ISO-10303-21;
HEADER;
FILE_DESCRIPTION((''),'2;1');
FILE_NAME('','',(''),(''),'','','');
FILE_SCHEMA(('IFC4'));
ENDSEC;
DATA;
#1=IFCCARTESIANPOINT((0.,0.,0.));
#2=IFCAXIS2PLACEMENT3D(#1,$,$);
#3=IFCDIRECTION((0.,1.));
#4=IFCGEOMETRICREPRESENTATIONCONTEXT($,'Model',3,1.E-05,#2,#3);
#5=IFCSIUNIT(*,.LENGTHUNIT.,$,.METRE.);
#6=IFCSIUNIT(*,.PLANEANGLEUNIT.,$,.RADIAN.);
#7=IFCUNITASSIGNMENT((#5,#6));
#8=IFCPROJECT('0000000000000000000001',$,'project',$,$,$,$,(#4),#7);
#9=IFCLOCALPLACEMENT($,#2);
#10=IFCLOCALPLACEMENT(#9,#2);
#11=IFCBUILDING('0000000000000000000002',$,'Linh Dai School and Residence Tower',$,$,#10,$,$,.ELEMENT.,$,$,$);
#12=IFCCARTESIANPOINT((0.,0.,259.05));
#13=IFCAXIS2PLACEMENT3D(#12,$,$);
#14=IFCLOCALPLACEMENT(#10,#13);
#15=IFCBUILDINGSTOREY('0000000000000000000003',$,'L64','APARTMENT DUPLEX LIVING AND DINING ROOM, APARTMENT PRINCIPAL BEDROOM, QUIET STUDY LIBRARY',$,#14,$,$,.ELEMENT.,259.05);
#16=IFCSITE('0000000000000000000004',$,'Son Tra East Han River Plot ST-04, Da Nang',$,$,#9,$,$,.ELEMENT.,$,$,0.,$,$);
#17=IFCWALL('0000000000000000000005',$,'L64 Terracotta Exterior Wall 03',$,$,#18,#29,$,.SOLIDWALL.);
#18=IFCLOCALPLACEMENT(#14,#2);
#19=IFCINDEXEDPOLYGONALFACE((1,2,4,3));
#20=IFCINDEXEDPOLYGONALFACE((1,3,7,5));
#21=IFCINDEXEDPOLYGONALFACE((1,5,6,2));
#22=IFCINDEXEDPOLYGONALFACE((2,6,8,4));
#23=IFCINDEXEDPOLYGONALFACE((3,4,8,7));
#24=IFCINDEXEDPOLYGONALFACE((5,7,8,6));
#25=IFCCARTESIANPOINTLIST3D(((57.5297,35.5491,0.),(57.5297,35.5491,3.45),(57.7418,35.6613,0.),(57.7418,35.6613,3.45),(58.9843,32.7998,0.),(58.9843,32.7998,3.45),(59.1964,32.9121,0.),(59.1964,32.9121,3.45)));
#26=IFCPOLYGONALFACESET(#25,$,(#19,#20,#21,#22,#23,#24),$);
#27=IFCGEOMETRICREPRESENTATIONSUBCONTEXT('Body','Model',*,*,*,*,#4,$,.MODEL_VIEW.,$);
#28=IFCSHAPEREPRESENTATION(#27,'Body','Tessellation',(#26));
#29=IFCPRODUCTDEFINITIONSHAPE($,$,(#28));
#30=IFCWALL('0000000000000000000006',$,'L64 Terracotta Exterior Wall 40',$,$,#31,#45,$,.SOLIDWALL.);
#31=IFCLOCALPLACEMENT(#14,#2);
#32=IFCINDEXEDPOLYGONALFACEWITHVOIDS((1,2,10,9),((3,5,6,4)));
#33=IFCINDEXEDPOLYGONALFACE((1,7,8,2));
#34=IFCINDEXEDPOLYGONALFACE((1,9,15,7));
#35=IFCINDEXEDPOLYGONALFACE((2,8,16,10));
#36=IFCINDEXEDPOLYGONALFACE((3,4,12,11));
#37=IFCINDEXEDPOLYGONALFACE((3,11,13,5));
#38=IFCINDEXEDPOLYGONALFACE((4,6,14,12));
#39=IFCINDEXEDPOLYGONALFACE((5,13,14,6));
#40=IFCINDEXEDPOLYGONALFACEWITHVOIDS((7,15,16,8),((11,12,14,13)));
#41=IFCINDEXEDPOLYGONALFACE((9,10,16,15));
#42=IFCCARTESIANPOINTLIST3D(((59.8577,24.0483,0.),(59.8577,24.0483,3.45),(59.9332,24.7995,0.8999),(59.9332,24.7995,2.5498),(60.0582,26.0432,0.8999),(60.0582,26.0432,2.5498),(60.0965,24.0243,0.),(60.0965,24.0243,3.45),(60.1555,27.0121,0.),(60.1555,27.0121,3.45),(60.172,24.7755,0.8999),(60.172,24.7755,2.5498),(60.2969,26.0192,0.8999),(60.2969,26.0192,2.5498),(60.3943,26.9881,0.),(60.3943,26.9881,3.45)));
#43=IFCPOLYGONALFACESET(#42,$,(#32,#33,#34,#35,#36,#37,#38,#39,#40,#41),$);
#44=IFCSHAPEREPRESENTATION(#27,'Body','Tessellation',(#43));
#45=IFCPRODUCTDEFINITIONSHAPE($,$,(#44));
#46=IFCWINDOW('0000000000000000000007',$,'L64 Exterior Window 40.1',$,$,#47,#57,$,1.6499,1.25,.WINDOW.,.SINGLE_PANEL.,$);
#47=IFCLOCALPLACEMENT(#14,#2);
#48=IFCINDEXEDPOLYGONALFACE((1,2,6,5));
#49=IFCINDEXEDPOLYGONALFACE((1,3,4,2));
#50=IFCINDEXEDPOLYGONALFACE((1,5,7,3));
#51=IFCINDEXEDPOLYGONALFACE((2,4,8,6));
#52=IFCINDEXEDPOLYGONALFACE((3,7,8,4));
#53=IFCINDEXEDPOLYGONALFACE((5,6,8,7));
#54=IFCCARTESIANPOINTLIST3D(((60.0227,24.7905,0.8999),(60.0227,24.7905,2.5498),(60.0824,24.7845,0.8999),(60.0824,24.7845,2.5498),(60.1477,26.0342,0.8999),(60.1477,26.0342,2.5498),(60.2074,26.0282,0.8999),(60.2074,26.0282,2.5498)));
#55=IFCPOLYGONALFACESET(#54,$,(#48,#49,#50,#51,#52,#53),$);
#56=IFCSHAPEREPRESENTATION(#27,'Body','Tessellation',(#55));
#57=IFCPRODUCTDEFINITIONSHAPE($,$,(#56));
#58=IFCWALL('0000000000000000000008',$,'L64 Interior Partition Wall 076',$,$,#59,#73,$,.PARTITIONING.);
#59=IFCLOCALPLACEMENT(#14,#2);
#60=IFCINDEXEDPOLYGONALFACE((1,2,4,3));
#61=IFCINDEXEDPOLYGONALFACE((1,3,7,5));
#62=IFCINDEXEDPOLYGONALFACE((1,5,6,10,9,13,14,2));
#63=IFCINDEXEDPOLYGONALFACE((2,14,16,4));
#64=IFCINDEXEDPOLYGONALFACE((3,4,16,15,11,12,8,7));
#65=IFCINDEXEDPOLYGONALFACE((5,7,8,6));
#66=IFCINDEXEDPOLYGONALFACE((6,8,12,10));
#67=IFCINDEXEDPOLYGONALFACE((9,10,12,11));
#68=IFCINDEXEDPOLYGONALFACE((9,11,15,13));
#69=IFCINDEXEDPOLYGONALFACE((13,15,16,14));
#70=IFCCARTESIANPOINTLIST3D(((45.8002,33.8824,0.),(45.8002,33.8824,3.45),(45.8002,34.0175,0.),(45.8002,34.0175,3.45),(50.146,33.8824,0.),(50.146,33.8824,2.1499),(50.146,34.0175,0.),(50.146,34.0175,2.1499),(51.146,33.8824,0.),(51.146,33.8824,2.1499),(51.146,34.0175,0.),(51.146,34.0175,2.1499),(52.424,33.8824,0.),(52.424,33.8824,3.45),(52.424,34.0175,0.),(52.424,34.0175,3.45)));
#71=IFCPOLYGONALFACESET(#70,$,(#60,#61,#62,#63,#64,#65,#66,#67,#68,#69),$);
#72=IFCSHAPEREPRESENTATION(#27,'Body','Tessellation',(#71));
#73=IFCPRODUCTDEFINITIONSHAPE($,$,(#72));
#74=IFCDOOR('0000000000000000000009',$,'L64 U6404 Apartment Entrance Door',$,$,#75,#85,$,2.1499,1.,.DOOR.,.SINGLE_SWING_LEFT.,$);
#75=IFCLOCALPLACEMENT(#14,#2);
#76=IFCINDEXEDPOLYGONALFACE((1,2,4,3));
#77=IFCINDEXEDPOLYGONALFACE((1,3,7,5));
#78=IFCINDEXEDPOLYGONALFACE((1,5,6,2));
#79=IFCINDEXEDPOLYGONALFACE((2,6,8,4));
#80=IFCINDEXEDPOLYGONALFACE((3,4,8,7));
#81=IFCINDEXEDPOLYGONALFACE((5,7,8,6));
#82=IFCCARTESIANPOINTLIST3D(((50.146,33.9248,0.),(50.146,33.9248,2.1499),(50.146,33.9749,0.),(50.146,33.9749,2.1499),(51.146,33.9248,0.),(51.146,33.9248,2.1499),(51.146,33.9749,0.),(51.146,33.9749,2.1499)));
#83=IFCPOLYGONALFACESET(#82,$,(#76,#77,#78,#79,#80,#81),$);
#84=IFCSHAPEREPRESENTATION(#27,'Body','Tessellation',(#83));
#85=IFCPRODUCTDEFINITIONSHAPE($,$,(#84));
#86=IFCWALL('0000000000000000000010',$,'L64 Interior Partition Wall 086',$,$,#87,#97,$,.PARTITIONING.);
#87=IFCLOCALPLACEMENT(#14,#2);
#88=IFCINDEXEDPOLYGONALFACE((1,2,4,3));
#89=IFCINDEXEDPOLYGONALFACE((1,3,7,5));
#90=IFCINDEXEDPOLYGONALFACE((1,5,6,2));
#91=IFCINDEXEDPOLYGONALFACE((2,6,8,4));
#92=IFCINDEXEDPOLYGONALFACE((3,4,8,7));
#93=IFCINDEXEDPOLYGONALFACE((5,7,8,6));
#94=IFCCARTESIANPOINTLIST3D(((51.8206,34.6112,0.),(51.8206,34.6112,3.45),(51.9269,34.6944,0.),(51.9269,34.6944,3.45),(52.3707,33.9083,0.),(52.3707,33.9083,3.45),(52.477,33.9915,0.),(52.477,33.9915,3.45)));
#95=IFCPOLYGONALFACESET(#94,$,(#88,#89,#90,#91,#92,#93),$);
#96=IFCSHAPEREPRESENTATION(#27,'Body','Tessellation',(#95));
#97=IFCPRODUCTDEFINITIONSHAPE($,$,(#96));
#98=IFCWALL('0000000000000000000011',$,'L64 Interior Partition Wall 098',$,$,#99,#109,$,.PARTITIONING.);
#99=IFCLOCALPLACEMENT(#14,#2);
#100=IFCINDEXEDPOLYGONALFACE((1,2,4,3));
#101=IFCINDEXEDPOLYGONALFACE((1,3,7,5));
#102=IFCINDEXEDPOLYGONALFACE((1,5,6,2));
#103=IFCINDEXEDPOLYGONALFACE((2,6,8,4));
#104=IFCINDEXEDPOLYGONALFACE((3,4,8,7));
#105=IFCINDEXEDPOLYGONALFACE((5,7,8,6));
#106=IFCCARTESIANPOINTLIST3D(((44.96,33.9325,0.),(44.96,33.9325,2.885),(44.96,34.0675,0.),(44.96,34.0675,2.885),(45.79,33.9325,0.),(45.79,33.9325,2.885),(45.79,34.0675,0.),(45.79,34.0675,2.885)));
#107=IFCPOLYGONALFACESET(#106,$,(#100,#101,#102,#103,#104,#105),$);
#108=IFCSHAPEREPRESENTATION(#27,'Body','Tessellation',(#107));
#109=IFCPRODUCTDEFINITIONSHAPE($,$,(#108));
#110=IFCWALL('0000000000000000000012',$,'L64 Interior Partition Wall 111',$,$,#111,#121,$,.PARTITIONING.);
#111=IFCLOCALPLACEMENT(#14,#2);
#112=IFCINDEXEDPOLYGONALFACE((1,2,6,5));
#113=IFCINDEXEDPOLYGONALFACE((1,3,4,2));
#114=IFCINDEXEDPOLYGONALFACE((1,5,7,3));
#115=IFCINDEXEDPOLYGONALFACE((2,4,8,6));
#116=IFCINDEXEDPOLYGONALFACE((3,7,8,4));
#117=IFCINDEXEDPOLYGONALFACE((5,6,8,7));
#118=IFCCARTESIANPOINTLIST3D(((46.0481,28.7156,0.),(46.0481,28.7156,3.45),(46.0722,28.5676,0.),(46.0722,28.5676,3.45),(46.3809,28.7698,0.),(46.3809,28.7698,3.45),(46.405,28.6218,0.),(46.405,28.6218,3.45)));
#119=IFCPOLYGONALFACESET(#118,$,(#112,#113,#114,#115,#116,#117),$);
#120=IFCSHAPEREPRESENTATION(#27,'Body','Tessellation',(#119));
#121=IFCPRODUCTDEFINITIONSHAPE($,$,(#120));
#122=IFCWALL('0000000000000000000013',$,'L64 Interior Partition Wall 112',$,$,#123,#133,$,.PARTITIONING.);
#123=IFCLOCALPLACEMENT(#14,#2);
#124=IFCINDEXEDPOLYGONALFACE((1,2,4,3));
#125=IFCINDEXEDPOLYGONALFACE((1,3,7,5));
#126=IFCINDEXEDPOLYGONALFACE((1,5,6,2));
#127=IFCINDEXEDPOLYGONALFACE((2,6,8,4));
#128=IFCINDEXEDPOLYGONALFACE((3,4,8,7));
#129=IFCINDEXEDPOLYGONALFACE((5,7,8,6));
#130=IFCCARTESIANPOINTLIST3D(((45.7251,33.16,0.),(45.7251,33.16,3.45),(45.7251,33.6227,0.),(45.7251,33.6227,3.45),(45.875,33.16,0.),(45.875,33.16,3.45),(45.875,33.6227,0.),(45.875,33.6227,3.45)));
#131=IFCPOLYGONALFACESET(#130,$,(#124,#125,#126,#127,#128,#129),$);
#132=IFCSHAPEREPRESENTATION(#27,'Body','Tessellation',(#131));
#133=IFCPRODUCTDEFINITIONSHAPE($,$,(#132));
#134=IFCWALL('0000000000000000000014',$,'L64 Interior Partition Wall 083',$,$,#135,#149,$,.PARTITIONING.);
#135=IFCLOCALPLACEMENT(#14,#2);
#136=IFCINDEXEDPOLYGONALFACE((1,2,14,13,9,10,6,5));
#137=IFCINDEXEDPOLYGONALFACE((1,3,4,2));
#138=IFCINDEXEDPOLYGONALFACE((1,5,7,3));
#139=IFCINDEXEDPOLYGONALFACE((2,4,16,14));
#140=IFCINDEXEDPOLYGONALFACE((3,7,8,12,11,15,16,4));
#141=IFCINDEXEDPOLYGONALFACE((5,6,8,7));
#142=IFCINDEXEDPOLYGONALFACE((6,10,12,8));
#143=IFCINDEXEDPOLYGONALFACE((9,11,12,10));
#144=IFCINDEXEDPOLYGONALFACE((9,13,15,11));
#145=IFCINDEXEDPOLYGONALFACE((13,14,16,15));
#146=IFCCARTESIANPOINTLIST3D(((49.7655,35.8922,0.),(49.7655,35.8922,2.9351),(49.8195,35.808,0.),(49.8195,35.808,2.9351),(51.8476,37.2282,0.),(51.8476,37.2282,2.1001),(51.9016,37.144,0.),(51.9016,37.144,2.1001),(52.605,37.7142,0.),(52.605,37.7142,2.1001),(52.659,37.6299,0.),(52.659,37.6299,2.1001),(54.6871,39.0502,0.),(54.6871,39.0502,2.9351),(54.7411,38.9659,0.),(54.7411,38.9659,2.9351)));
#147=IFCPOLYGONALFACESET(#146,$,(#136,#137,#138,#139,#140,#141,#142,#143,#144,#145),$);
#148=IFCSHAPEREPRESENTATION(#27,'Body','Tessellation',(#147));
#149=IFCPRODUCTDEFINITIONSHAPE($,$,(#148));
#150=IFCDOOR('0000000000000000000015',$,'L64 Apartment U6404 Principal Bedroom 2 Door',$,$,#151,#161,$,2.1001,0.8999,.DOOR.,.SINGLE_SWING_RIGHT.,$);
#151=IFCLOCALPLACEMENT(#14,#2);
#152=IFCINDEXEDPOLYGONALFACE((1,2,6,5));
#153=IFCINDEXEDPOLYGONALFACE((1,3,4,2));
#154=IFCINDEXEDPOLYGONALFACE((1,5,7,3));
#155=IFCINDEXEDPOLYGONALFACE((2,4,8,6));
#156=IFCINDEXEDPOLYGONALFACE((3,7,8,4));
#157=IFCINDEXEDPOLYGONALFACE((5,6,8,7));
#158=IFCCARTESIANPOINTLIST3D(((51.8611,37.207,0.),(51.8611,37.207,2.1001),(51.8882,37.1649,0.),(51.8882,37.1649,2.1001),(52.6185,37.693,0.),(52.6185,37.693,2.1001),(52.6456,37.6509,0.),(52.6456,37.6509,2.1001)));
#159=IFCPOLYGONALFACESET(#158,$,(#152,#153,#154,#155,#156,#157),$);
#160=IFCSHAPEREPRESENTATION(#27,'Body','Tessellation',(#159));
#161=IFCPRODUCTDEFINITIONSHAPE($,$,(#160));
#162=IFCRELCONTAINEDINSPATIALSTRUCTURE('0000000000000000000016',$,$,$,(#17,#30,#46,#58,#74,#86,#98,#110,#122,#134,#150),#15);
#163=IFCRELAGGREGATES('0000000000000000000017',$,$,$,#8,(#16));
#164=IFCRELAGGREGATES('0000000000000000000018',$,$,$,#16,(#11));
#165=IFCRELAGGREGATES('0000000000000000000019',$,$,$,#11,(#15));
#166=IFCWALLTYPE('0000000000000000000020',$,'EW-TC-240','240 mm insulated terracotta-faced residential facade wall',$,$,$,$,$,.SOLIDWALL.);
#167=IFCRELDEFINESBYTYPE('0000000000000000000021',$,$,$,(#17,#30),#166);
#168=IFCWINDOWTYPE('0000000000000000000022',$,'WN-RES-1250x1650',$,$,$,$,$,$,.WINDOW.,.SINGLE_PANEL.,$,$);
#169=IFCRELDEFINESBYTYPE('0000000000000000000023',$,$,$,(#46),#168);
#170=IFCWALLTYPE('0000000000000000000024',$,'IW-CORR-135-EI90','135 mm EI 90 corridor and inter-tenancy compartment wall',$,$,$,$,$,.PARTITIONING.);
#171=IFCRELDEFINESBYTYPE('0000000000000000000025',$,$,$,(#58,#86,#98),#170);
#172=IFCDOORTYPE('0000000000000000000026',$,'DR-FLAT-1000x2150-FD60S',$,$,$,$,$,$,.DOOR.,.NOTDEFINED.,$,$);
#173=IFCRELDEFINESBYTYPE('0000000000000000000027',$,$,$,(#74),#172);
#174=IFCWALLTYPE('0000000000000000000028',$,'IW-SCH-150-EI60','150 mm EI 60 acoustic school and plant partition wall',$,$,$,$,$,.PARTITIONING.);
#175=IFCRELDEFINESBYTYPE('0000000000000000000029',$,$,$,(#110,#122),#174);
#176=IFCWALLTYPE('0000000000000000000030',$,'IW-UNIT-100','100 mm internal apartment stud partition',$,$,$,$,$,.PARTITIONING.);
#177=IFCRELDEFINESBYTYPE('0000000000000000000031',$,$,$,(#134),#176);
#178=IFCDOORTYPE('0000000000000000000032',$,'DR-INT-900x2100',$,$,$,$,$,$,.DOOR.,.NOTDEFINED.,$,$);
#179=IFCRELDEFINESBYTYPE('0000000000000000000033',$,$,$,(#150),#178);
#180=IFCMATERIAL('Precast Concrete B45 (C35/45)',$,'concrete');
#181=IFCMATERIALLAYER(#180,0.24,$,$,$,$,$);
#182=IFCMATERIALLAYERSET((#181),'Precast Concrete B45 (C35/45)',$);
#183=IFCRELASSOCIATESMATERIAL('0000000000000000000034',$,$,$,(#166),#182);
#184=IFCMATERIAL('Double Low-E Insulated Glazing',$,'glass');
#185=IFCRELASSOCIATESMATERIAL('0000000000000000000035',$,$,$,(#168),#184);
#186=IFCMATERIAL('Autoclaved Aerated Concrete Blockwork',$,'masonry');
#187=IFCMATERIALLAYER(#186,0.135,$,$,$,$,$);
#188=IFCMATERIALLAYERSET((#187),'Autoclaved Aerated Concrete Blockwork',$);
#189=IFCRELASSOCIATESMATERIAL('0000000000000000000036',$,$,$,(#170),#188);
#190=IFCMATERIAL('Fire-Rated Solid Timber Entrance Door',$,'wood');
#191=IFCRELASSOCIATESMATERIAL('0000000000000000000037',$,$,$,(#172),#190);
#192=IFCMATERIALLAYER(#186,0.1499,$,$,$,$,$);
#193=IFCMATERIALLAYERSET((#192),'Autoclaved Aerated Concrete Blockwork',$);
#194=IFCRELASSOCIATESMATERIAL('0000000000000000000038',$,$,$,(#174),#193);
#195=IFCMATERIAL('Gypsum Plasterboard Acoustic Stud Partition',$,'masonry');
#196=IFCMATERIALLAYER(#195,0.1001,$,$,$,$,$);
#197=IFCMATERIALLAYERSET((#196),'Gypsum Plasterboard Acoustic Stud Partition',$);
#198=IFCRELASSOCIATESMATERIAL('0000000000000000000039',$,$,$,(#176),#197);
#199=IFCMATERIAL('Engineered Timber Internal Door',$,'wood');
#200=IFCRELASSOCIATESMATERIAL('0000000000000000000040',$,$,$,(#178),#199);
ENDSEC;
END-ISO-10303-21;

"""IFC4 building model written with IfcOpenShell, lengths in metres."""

from ifc_helpers import new_model, si_unit, direction, frame, frame_2d, origin, origin_2d, place, context, subcontext, project, spatial, rectangle, extrude, source, transform, mapped, material, layer, layer_set, type_object, element, fill, save


model = new_model("IFC4")

# Units and contexts
model_context = context("Model", 3, precision=1e-05, world=origin(), true_north=direction((0.0, 1.0)))
body_context = subcontext(model_context, "Body", "Model", "MODEL_VIEW")
ifc_project = project(units=[si_unit("LENGTHUNIT", "METRE"), si_unit("PLANEANGLEUNIT", "RADIAN")], contexts=[model_context])

# Site, building, storey
site_placement = place(None, origin())
site = spatial("IfcSite", under=ifc_project, at=site_placement, Name="Son Tra East Han River Plot ST-04, Da Nang", CompositionType="ELEMENT", RefElevation=0.0)
building_placement = place(site_placement, origin())
building = spatial("IfcBuilding", under=site, at=building_placement, Name="Linh Dai School and Residence Tower", CompositionType="ELEMENT")
storey_placement = place(building_placement, frame((0.0, 0.0, 259.05)))
storey = spatial("IfcBuildingStorey", under=building, at=storey_placement, Name="L64", Description="APARTMENT DUPLEX LIVING AND DINING ROOM, APARTMENT PRINCIPAL BEDROOM, QUIET STUDY LIBRARY", CompositionType="ELEMENT", Elevation=259.05)

# Shared definitions
ifc_material_1 = material(Name="Precast Concrete B45 (C35/45)", Category="concrete")

# Wall
ifc_layer_1 = layer(ifc_material_1, 0.24)
ifc_layer_set_1 = layer_set([ifc_layer_1], Name="Precast Concrete B45 (C35/45)")
wall_type_1 = type_object("IfcWallType", Name="EW-TC-240", Description="240 mm insulated terracotta-faced residential facade wall", PredefinedType="SOLIDWALL", material=ifc_layer_set_1)
wall_1_placement = place(storey_placement, frame((57.6357, 35.6052, 0.0), z_axis=(0.0, 0.0, 1.0), x_axis=(0.46766, -0.883908, 0.0)))
element("IfcWall", 1, at=wall_1_placement, inside=storey, type_object=wall_type_1, Name="L64 Terracotta Exterior Wall 03", PredefinedType="SOLIDWALL", context=body_context, shape_type="SweptSolid", body=[
    extrude(rectangle(XDim=3.1104, YDim=0.24, at=frame_2d((1.5552, 0.0))), origin(), (0.0, 0.0, 1.0), 3.45),
])

# Wall, opening, window
wall_2_placement = place(storey_placement, frame((60.2749, 27.0, 0.0), z_axis=(0.0, 0.0, 1.0), x_axis=(-0.099991, -0.994988, 0.0)))
wall_2 = element("IfcWall", 2, at=wall_2_placement, inside=storey, type_object=wall_type_1, Name="L64 Terracotta Exterior Wall 40", PredefinedType="SOLIDWALL", context=body_context, shape_type="SweptSolid", body=[
    extrude(rectangle(XDim=2.9788, YDim=0.24, at=frame_2d((1.4893, 0.0))), origin(), (0.0, 0.0, 1.0), 3.45),
])
opening_1_placement = place(wall_2_placement, frame((0.9736, 0.0, 0.8999)))
opening_1 = element("IfcOpeningElement", 3, at=opening_1_placement, cuts=wall_2, PredefinedType="OPENING", context=body_context, shape_type="SweptSolid", body=[
    extrude(rectangle(XDim=1.25, YDim=1.6499, at=origin_2d()), frame((0.625, 0.1299, 0.825), z_axis=(0.0, -1.0, 0.0), x_axis=(1.0, 0.0, 0.0)), (0.0, 0.0, 1.0), 0.26),
])
ifc_material_2 = material(Name="Double Low-E Insulated Glazing", Category="glass")
window_type = type_object("IfcWindowType", Name="WN-RES-1250x1650", PartitioningType="SINGLE_PANEL", PredefinedType="WINDOW", material=ifc_material_2)
shared_shape_1 = source(origin(), body_context, "Body", "SweptSolid", [
    extrude(rectangle(XDim=1.25, YDim=1.6499, at=origin_2d()), frame((0.625, 0.03, 0.825), z_axis=(0.0, -1.0, 0.0), x_axis=(1.0, 0.0, 0.0)), (0.0, 0.0, 1.0), 0.0601),
])
window_placement = place(opening_1_placement, origin())
window = element("IfcWindow", 4, at=window_placement, inside=storey, type_object=window_type, Name="L64 Exterior Window 40.1", OverallHeight=1.6499, OverallWidth=1.25, PartitioningType="SINGLE_PANEL", PredefinedType="WINDOW", context=body_context, shape_type="MappedRepresentation", body=[
    mapped(shared_shape_1, transform((0.0, 0.0, 0.0), x_axis=(1.0, 0.0, 0.0), y_axis=(0.0, 1.0, 0.0), z_axis=(0.0, 0.0, 1.0), scale=1.0)),
])
fill(opening_1, window)

# Wall, opening, door
ifc_material_3 = material(Name="Autoclaved Aerated Concrete Blockwork", Category="masonry")
ifc_layer_2 = layer(ifc_material_3, 0.135)
ifc_layer_set_2 = layer_set([ifc_layer_2], Name="Autoclaved Aerated Concrete Blockwork")
wall_type_2 = type_object("IfcWallType", Name="IW-CORR-135-EI90", Description="135 mm EI 90 corridor and inter-tenancy compartment wall", PredefinedType="PARTITIONING", material=ifc_layer_set_2)
wall_3_placement = place(storey_placement, frame((45.8, 33.95, 0.0), z_axis=(0.0, 0.0, 1.0), x_axis=(1.0, 0.0, 0.0)))
wall_3 = element("IfcWall", 5, at=wall_3_placement, inside=storey, type_object=wall_type_2, Name="L64 Interior Partition Wall 076", PredefinedType="PARTITIONING", context=body_context, shape_type="SweptSolid", body=[
    extrude(rectangle(XDim=6.6238, YDim=0.135, at=frame_2d((3.312, 0.0))), origin(), (0.0, 0.0, 1.0), 3.45),
])
opening_2_placement = place(wall_3_placement, frame((4.3459, 0.0, 0.0)))
opening_2 = element("IfcOpeningElement", 6, at=opening_2_placement, cuts=wall_3, PredefinedType="OPENING", context=body_context, shape_type="SweptSolid", body=[
    extrude(rectangle(XDim=1.0, YDim=2.1499, at=origin_2d()), frame((0.5, 0.0776, 1.075), z_axis=(0.0, -1.0, 0.0), x_axis=(1.0, 0.0, 0.0)), (0.0, 0.0, 1.0), 0.155),
])
ifc_material_4 = material(Name="Fire-Rated Solid Timber Entrance Door", Category="wood")
door_type_1 = type_object("IfcDoorType", Name="DR-FLAT-1000x2150-FD60S", OperationType="NOTDEFINED", PredefinedType="DOOR", material=ifc_material_4)
shared_shape_2 = source(origin(), body_context, "Body", "SweptSolid", [
    extrude(rectangle(XDim=1.0, YDim=2.1499, at=origin_2d()), frame((0.5, 0.0249, 1.075), z_axis=(0.0, -1.0, 0.0), x_axis=(1.0, 0.0, 0.0)), (0.0, 0.0, 1.0), 0.05),
])
door_1_placement = place(opening_2_placement, origin())
door_1 = element("IfcDoor", 7, at=door_1_placement, inside=storey, type_object=door_type_1, Name="L64 U6404 Apartment Entrance Door", OperationType="SINGLE_SWING_LEFT", OverallHeight=2.1499, OverallWidth=1.0, PredefinedType="DOOR", context=body_context, shape_type="MappedRepresentation", body=[
    mapped(shared_shape_2, transform((0.0, 0.0, 0.0), x_axis=(1.0, 0.0, 0.0), y_axis=(0.0, 1.0, 0.0), z_axis=(0.0, 0.0, 1.0), scale=1.0)),
])
fill(opening_2, door_1)

# Walls
wall_4_placement = place(storey_placement, frame((51.8738, 34.6528, 0.0), z_axis=(0.0, 0.0, 1.0), x_axis=(0.616286, -0.787522, 0.0)))
element("IfcWall", 8, at=wall_4_placement, inside=storey, type_object=wall_type_2, Name="L64 Interior Partition Wall 086", PredefinedType="PARTITIONING", context=body_context, shape_type="SweptSolid", body=[
    extrude(rectangle(XDim=0.8926, YDim=0.135, at=frame_2d((0.4463, 0.0))), origin(), (0.0, 0.0, 1.0), 3.45),
])
wall_5_placement = place(storey_placement, frame((45.79, 34.0, 0.0), z_axis=(0.0, 0.0, 1.0), x_axis=(-1.0, 0.0, 0.0)))
element("IfcWall", 9, at=wall_5_placement, inside=storey, type_object=wall_type_2, Name="L64 Interior Partition Wall 098", PredefinedType="PARTITIONING", context=body_context, shape_type="SweptSolid", body=[
    extrude(rectangle(XDim=0.8301, YDim=0.135, at=frame_2d((0.415, 0.0))), origin(), (0.0, 0.0, 1.0), 2.885),
])
ifc_layer_3 = layer(ifc_material_3, 0.1499)
ifc_layer_set_3 = layer_set([ifc_layer_3], Name="Autoclaved Aerated Concrete Blockwork")
wall_type_3 = type_object("IfcWallType", Name="IW-SCH-150-EI60", Description="150 mm EI 60 acoustic school and plant partition wall", PredefinedType="PARTITIONING", material=ifc_layer_set_3)
wall_6_placement = place(storey_placement, frame((46.3928, 28.6958, 0.0), z_axis=(0.0, 0.0, 1.0), x_axis=(-0.986994, -0.160758, 0.0)))
element("IfcWall", 10, at=wall_6_placement, inside=storey, type_object=wall_type_3, Name="L64 Interior Partition Wall 111", PredefinedType="PARTITIONING", context=body_context, shape_type="SweptSolid", body=[
    extrude(rectangle(XDim=0.3372, YDim=0.1499, at=frame_2d((0.1685, 0.0))), origin(), (0.0, 0.0, 1.0), 3.45),
])
wall_7_placement = place(storey_placement, frame((45.8, 33.1599, 0.0), z_axis=(0.0, 0.0, 1.0), x_axis=(0.0, 1.0, 0.0)))
element("IfcWall", 11, at=wall_7_placement, inside=storey, type_object=wall_type_3, Name="L64 Interior Partition Wall 112", PredefinedType="PARTITIONING", context=body_context, shape_type="SweptSolid", body=[
    extrude(rectangle(XDim=0.4626, YDim=0.1499, at=frame_2d((0.2314, 0.0))), origin(), (0.0, 0.0, 1.0), 3.45),
])

# Wall, opening, door
ifc_material_5 = material(Name="Gypsum Plasterboard Acoustic Stud Partition", Category="masonry")
ifc_layer_4 = layer(ifc_material_5, 0.1001)
ifc_layer_set_4 = layer_set([ifc_layer_4], Name="Gypsum Plasterboard Acoustic Stud Partition")
wall_type_4 = type_object("IfcWallType", Name="IW-UNIT-100", Description="100 mm internal apartment stud partition", PredefinedType="PARTITIONING", material=ifc_layer_set_4)
wall_8_placement = place(storey_placement, frame((49.7925, 35.8501, 0.0), z_axis=(0.0, 0.0, 1.0), x_axis=(0.841641, 0.540038, 0.0)))
wall_8 = element("IfcWall", 12, at=wall_8_placement, inside=storey, type_object=wall_type_4, Name="L64 Interior Partition Wall 083", PredefinedType="PARTITIONING", context=body_context, shape_type="SweptSolid", body=[
    extrude(rectangle(XDim=5.8477, YDim=0.1001, at=frame_2d((2.9238, 0.0))), origin(), (0.0, 0.0, 1.0), 2.9351),
])
opening_3_placement = place(wall_8_placement, frame((2.4739, 0.0, 0.0)))
opening_3 = element("IfcOpeningElement", 13, at=opening_3_placement, cuts=wall_8, PredefinedType="OPENING", context=body_context, shape_type="SweptSolid", body=[
    extrude(rectangle(XDim=0.8999, YDim=2.1001, at=origin_2d()), frame((0.45, 0.0601, 1.05), z_axis=(0.0, -1.0, 0.0), x_axis=(1.0, 0.0, 0.0)), (0.0, 0.0, 1.0), 0.1201),
])
ifc_material_6 = material(Name="Engineered Timber Internal Door", Category="wood")
door_type_2 = type_object("IfcDoorType", Name="DR-INT-900x2100", OperationType="NOTDEFINED", PredefinedType="DOOR", material=ifc_material_6)
shared_shape_3 = source(origin(), body_context, "Body", "SweptSolid", [
    extrude(rectangle(XDim=0.8999, YDim=2.1001, at=origin_2d()), frame((0.45, 0.0249, 1.05), z_axis=(0.0, -1.0, 0.0), x_axis=(1.0, 0.0, 0.0)), (0.0, 0.0, 1.0), 0.05),
])
door_2_placement = place(opening_3_placement, origin())
door_2 = element("IfcDoor", 14, at=door_2_placement, inside=storey, type_object=door_type_2, Name="L64 Apartment U6404 Principal Bedroom 2 Door", OperationType="SINGLE_SWING_RIGHT", OverallHeight=2.1001, OverallWidth=0.8999, PredefinedType="DOOR", context=body_context, shape_type="MappedRepresentation", body=[
    mapped(shared_shape_3, transform((0.0, 0.0, 0.0), x_axis=(1.0, 0.0, 0.0), y_axis=(0.0, 1.0, 0.0), z_axis=(0.0, 0.0, 1.0), scale=1.0)),
])
fill(opening_3, door_2)

save(model, "model.ifc")
